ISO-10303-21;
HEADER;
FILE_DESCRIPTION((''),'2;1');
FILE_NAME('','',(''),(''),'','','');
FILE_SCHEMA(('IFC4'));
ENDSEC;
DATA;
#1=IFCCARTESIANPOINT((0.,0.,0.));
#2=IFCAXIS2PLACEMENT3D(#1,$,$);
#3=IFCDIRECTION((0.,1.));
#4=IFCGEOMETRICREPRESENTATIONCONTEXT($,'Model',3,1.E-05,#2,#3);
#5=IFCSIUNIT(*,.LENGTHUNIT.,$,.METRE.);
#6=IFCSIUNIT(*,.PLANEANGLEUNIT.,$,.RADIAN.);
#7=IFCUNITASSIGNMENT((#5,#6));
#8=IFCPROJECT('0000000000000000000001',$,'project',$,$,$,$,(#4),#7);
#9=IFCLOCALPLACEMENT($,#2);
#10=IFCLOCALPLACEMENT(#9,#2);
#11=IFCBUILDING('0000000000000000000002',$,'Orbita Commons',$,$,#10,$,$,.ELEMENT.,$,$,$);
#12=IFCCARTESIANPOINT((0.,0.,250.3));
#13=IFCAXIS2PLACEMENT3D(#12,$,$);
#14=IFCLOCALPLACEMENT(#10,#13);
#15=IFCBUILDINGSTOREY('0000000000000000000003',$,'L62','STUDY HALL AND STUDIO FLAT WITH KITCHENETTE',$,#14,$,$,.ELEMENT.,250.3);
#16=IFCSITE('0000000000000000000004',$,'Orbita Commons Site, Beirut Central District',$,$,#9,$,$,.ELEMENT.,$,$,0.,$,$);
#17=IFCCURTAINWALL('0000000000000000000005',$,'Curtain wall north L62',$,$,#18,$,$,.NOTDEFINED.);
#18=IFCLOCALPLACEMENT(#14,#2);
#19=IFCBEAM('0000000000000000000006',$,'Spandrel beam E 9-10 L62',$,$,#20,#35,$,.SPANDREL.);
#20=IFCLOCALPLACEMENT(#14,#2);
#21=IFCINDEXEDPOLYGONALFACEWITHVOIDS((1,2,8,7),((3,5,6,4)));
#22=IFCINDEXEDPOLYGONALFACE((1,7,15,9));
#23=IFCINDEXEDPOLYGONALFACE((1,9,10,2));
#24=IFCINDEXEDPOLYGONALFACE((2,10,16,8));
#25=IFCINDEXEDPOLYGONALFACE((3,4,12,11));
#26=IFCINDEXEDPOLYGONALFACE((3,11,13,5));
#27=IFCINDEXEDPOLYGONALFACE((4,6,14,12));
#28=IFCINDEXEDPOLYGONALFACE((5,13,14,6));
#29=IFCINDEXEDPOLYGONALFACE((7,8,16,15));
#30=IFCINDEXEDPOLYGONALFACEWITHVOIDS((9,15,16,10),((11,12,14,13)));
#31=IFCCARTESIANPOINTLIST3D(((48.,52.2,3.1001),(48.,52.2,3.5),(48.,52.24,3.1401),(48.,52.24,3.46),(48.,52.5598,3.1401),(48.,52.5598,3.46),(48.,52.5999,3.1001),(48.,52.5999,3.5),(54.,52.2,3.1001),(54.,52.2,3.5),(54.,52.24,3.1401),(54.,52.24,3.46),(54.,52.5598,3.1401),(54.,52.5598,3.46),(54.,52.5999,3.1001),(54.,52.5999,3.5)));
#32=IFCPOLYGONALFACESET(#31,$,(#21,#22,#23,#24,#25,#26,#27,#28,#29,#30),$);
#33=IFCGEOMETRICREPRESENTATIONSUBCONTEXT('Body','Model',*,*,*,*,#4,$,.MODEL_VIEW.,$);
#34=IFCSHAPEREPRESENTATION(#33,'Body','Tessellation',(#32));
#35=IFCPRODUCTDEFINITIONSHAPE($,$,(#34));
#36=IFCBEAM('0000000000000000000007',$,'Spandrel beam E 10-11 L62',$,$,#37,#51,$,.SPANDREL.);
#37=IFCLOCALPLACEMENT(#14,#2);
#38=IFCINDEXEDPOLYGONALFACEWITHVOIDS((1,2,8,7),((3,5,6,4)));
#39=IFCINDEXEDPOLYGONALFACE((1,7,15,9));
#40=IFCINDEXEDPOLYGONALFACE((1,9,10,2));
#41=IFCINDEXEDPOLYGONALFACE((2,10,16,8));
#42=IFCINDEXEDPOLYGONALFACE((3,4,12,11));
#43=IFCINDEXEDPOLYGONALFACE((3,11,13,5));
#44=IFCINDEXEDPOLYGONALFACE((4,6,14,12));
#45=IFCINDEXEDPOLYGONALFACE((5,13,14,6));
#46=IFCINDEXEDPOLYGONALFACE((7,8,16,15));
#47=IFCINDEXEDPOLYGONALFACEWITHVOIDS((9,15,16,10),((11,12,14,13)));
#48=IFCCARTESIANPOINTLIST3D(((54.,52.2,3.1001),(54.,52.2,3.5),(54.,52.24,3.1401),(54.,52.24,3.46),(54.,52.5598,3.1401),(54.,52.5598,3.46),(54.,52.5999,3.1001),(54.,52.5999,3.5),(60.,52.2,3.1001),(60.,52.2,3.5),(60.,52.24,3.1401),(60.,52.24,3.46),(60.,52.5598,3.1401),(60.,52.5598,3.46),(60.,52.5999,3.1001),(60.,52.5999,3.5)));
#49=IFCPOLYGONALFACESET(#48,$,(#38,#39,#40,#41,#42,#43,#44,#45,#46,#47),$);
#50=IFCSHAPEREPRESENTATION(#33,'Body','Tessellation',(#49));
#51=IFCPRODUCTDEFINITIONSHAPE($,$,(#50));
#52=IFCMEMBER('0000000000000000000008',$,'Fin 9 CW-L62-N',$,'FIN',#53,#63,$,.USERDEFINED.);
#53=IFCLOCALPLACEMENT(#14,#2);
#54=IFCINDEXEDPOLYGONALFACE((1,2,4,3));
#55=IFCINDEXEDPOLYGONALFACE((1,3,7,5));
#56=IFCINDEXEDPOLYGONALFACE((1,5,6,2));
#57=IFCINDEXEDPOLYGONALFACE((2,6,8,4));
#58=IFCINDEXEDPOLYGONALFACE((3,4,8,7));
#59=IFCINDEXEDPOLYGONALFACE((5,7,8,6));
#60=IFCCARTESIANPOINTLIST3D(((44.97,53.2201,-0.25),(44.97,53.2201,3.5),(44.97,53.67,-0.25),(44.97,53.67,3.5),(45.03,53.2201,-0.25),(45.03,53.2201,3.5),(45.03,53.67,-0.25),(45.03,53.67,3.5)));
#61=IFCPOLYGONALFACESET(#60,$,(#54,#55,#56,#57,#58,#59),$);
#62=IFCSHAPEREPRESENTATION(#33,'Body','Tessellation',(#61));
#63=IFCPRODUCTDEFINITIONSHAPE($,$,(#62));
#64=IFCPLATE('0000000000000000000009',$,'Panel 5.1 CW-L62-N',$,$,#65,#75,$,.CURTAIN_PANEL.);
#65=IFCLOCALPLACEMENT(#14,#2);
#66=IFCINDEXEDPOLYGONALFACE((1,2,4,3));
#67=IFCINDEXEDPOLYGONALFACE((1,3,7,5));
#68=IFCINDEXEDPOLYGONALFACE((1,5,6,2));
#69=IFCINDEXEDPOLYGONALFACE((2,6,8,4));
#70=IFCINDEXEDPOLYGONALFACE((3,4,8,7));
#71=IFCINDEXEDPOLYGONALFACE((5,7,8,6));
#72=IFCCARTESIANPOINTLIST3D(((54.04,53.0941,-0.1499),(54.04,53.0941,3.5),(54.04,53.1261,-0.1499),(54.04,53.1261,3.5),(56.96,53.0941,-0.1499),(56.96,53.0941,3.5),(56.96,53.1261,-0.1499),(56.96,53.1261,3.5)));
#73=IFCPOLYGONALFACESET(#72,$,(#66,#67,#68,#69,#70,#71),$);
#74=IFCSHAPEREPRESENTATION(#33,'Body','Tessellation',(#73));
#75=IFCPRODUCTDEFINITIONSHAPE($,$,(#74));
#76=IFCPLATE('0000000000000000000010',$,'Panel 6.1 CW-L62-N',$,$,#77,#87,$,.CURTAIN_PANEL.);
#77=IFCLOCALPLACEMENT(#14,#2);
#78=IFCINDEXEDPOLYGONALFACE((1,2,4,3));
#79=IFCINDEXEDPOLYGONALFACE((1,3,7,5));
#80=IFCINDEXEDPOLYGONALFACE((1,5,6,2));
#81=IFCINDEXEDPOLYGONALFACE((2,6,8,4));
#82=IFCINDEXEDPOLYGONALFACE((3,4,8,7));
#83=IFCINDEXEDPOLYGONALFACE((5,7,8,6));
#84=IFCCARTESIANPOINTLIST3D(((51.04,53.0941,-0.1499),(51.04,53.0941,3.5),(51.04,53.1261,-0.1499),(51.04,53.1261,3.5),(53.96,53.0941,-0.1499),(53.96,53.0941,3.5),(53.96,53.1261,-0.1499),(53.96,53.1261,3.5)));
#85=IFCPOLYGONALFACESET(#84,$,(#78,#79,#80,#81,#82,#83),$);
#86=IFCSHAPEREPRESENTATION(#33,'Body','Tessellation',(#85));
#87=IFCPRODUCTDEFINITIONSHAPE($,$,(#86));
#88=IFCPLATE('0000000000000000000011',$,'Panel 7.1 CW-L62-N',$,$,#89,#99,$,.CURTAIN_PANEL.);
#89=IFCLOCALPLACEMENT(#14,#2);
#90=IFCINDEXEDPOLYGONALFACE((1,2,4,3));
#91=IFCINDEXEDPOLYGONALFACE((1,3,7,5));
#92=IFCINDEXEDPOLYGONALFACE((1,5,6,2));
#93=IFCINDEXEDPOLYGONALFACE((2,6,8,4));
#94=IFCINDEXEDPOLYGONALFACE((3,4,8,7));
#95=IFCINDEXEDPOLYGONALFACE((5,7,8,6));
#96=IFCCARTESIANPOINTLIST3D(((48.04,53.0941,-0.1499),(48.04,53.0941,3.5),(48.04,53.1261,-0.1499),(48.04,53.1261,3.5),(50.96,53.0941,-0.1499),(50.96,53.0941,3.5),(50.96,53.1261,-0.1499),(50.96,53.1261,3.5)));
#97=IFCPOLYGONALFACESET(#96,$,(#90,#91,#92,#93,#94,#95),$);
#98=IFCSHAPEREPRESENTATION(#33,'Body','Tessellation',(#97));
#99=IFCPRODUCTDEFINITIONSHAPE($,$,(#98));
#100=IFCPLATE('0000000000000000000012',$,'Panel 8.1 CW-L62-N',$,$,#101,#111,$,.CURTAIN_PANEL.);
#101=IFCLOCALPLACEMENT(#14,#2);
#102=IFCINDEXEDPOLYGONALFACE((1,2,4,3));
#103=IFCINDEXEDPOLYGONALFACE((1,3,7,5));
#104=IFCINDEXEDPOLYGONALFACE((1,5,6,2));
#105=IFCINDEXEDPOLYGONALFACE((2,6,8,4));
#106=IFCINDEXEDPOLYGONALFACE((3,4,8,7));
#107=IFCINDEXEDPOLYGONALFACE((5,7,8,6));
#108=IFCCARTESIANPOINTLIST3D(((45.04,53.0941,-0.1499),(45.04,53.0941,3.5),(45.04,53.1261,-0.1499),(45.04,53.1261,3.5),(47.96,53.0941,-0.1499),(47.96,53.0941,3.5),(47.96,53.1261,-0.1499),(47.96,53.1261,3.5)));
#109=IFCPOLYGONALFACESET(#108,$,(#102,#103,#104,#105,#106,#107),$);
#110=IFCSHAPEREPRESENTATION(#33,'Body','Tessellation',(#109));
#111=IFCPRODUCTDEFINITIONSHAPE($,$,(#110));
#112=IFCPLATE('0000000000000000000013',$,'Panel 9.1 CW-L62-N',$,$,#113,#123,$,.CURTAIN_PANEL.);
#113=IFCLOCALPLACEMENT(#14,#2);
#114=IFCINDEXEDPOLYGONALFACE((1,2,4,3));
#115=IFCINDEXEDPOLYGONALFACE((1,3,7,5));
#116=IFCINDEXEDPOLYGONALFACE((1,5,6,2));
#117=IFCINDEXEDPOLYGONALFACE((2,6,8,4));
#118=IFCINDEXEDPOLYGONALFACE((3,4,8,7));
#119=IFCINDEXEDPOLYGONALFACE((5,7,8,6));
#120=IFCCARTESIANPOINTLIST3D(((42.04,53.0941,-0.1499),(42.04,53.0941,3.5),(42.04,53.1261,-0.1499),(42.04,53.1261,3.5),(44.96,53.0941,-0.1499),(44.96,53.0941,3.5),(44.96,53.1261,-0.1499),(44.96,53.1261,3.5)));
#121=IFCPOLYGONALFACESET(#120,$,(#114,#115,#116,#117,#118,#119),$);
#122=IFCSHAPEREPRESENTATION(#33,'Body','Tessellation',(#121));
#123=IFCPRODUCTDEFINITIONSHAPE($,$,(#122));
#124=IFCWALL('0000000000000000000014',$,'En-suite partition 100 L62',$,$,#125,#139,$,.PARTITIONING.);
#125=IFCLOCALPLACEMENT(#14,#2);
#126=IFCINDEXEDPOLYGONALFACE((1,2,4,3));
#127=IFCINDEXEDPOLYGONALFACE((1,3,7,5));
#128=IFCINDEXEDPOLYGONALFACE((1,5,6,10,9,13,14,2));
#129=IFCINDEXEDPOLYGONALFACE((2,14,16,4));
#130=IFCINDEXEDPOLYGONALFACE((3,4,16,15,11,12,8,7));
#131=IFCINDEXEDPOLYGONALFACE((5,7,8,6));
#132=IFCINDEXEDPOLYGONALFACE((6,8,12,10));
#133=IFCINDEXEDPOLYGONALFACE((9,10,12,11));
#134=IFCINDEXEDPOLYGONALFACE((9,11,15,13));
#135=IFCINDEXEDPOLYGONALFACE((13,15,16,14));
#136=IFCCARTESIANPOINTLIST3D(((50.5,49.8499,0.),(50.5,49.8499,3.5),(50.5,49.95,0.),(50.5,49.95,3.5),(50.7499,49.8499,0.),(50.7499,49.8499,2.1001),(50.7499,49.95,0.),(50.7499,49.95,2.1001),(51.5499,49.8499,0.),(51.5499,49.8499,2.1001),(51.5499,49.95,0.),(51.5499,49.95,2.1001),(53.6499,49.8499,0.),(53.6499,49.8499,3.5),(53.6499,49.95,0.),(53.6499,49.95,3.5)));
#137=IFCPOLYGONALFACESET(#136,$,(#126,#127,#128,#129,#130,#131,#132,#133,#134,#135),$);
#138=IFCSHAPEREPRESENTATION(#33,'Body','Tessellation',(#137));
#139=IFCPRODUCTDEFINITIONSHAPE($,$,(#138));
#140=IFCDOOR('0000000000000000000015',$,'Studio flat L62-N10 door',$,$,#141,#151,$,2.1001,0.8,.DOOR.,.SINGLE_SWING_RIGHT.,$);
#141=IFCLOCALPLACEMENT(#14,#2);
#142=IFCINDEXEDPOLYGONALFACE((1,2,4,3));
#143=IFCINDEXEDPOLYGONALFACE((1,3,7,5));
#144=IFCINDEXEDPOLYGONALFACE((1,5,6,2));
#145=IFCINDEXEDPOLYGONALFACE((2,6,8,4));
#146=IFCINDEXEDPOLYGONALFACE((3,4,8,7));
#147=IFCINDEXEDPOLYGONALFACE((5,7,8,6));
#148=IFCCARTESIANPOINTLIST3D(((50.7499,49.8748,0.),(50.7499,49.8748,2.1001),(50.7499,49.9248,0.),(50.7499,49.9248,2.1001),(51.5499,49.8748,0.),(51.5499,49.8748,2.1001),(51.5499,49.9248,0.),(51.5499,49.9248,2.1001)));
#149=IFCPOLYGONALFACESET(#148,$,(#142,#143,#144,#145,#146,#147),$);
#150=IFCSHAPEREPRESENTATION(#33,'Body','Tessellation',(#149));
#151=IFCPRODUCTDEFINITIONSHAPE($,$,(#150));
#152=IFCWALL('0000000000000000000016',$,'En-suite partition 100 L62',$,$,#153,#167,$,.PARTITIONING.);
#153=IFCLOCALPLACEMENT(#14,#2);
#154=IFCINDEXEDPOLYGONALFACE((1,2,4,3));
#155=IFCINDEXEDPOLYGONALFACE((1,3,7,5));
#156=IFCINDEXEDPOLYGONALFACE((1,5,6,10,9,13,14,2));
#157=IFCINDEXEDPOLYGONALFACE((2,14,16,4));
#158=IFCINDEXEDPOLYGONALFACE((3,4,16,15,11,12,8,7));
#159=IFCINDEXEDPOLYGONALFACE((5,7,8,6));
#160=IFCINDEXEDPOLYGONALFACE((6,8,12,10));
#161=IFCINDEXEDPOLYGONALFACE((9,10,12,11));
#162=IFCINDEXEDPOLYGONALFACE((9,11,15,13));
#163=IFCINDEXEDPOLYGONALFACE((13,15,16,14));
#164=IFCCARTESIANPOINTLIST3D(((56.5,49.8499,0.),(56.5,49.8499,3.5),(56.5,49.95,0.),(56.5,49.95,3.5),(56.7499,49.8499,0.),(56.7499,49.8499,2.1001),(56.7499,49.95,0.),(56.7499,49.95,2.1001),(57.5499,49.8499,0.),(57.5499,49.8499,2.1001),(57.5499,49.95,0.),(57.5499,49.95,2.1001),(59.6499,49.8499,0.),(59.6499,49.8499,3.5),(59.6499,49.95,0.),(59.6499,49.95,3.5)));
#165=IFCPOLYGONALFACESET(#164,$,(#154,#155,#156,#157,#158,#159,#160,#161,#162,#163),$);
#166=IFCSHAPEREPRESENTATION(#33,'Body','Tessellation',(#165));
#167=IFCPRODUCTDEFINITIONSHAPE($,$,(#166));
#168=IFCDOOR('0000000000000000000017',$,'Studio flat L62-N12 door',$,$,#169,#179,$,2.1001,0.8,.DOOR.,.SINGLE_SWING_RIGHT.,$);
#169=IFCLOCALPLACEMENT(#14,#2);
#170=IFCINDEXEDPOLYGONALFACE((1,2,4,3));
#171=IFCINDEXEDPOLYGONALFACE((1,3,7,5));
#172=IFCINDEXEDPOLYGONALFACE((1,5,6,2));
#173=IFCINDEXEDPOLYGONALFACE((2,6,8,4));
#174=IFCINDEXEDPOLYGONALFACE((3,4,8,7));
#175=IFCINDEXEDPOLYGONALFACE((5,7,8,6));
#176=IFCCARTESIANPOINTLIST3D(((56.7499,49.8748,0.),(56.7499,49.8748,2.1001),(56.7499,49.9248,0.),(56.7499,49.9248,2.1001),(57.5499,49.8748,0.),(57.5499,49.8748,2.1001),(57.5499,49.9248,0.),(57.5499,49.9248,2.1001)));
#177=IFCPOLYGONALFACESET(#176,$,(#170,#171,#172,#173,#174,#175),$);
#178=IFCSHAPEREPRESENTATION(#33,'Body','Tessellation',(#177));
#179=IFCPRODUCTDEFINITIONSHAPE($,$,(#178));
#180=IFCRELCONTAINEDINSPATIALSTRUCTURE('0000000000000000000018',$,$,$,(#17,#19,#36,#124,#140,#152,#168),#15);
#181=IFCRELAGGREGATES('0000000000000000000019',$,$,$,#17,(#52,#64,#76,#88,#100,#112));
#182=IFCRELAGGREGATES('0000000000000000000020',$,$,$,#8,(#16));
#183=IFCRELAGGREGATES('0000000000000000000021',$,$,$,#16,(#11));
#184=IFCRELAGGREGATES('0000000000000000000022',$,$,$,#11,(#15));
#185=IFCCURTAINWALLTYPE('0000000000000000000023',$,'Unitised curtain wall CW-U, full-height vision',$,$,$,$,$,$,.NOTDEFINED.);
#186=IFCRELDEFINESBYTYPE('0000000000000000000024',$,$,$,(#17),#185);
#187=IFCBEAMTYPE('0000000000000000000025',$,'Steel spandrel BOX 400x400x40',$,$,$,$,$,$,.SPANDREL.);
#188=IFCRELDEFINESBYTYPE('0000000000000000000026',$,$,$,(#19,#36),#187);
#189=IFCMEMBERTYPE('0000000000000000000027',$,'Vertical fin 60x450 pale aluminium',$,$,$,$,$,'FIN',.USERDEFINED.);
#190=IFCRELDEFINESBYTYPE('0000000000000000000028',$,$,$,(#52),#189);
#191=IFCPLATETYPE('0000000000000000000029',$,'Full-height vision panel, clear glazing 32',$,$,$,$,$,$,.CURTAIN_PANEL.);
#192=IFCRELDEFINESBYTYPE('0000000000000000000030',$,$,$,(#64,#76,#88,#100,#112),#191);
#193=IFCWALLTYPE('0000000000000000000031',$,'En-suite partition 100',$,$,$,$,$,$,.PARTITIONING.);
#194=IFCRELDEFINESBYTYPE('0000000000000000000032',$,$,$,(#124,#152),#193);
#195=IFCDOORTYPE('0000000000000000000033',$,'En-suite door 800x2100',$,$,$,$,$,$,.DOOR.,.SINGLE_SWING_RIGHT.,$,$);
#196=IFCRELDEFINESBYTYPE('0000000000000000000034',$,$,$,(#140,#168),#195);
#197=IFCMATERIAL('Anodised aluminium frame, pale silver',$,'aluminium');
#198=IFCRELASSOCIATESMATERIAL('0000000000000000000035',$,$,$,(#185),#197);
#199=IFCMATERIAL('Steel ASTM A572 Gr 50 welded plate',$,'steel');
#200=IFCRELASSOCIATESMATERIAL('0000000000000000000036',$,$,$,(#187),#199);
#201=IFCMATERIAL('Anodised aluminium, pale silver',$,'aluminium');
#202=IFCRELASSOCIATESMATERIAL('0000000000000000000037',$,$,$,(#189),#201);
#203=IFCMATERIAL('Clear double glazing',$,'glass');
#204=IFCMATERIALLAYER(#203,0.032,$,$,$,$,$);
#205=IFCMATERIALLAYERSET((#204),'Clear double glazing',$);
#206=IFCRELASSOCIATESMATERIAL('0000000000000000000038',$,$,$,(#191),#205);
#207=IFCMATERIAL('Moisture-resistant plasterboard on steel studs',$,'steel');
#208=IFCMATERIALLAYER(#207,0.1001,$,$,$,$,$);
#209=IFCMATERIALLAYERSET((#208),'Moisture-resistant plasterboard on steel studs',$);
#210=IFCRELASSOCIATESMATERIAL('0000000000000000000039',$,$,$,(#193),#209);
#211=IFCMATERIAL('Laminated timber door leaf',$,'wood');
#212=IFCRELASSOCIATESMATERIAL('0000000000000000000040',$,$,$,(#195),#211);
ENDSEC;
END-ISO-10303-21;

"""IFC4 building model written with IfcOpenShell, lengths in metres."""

from ifc_helpers import new_model, si_unit, direction, frame, frame_2d, origin, origin_2d, place, context, subcontext, project, spatial, rectangle, hollow_rectangle, extrude, material, layer, layer_set, material_profile, profile_set, type_object, element, fill, aggregate, save


model = new_model("IFC4")

# Units and contexts
model_context = context("Model", 3, precision=1e-05, world=origin(), true_north=direction((0.0, 1.0)))
body_context = subcontext(model_context, "Body", "Model", "MODEL_VIEW")
ifc_project = project(units=[si_unit("LENGTHUNIT", "METRE"), si_unit("PLANEANGLEUNIT", "RADIAN")], contexts=[model_context])

# Site, building, storey
site_placement = place(None, origin())
site = spatial("IfcSite", under=ifc_project, at=site_placement, Name="Orbita Commons Site, Beirut Central District", CompositionType="ELEMENT", RefElevation=0.0)
building_placement = place(site_placement, origin())
building = spatial("IfcBuilding", under=site, at=building_placement, Name="Orbita Commons", CompositionType="ELEMENT")
storey_placement = place(building_placement, frame((0.0, 0.0, 250.3)))
storey = spatial("IfcBuildingStorey", under=building, at=storey_placement, Name="L62", Description="STUDY HALL AND STUDIO FLAT WITH KITCHENETTE", CompositionType="ELEMENT", Elevation=250.3)

# Curtain wall
ifc_material_1 = material(Name="Anodised aluminium frame, pale silver", Category="aluminium")
curtain_wall_type = type_object("IfcCurtainWallType", Name="Unitised curtain wall CW-U, full-height vision", PredefinedType="NOTDEFINED", material=ifc_material_1)
curtain_wall_placement = place(storey_placement, origin())
curtain_wall = element("IfcCurtainWall", 1, at=curtain_wall_placement, inside=storey, type_object=curtain_wall_type, Name="Curtain wall north L62", PredefinedType="NOTDEFINED")

# Beams
ifc_material_2 = material(Name="Steel ASTM A572 Gr 50 welded plate", Category="steel")
ifc_material_profile_1 = material_profile(ifc_material_2, hollow_rectangle(XDim=0.3999, YDim=0.3999, WallThickness=0.04, at=origin_2d()), Name="BOX 400x400x40")
ifc_profile_set_1 = profile_set([ifc_material_profile_1], Name="Steel ASTM A572 Gr 50 welded plate")
beam_type = type_object("IfcBeamType", Name="Steel spandrel BOX 400x400x40", PredefinedType="SPANDREL", material=ifc_profile_set_1)
for number, where, z_axis, x_axis, name in (
    (2, (48.0, 52.3999, 3.3), (1.0, 0.0, 0.0), (0.0, 1.0, 0.0), "Spandrel beam E 9-10 L62"),
    (3, (54.0, 52.3999, 3.3), (1.0, 0.0, 0.0), (0.0, 1.0, 0.0), "Spandrel beam E 10-11 L62"),
):
    element("IfcBeam", number, at=place(storey_placement, frame(where, z_axis=z_axis, x_axis=x_axis)), inside=storey, type_object=beam_type, Name=name, PredefinedType="SPANDREL", context=body_context, shape_type="SweptSolid", body=[
        extrude(hollow_rectangle(XDim=0.3999, YDim=0.3999, WallThickness=0.04, at=origin_2d()), origin(), (0.0, 0.0, 1.0), 6.0),
    ])

# Member
ifc_material_3 = material(Name="Anodised aluminium, pale silver", Category="aluminium")
ifc_material_profile_2 = material_profile(ifc_material_3, rectangle(XDim=0.0601, YDim=0.45, at=origin_2d()), Name="FIN 60x450")
ifc_profile_set_2 = profile_set([ifc_material_profile_2], Name="Anodised aluminium, pale silver")
member_type_1 = type_object("IfcMemberType", Name="Vertical fin 60x450 pale aluminium", ElementType="FIN", PredefinedType="USERDEFINED", material=ifc_profile_set_2)
member_1_placement = place(storey_placement, frame((45.0, 53.4451, -0.25), z_axis=(0.0, 0.0, 1.0), x_axis=(-1.0, 0.0, 0.0)))
member_1 = element("IfcMember", 4, at=member_1_placement, type_object=member_type_1, Name="Fin 9 CW-L62-N", ObjectType="FIN", PredefinedType="USERDEFINED", context=body_context, shape_type="SweptSolid", body=[
    extrude(rectangle(XDim=0.0601, YDim=0.45, at=origin_2d()), origin(), (0.0, 0.0, 1.0), 3.75),
])

# Plates
ifc_material_4 = material(Name="Clear double glazing", Category="glass")
ifc_layer_1 = layer(ifc_material_4, 0.032)
ifc_layer_set_1 = layer_set([ifc_layer_1], Name="Clear double glazing")
plate_type = type_object("IfcPlateType", Name="Full-height vision panel, clear glazing 32", PredefinedType="CURTAIN_PANEL", material=ifc_layer_set_1)
plate_1_placement = place(storey_placement, frame((55.5, 53.1101, -0.1499), z_axis=(0.0, 0.0, 1.0), x_axis=(-1.0, 0.0, 0.0)))
plate_1 = element("IfcPlate", 5, at=plate_1_placement, type_object=plate_type, Name="Panel 5.1 CW-L62-N", PredefinedType="CURTAIN_PANEL", context=body_context, shape_type="SweptSolid", body=[
    extrude(rectangle(XDim=2.9199, YDim=0.032, at=origin_2d()), origin(), (0.0, 0.0, 1.0), 3.6499),
])
plate_2_placement = place(storey_placement, frame((52.5, 53.1101, -0.1499), z_axis=(0.0, 0.0, 1.0), x_axis=(-1.0, 0.0, 0.0)))
plate_2 = element("IfcPlate", 6, at=plate_2_placement, type_object=plate_type, Name="Panel 6.1 CW-L62-N", PredefinedType="CURTAIN_PANEL", context=body_context, shape_type="SweptSolid", body=[
    extrude(rectangle(XDim=2.9199, YDim=0.032, at=origin_2d()), origin(), (0.0, 0.0, 1.0), 3.6499),
])
plate_3_placement = place(storey_placement, frame((49.5, 53.1101, -0.1499), z_axis=(0.0, 0.0, 1.0), x_axis=(-1.0, 0.0, 0.0)))
plate_3 = element("IfcPlate", 7, at=plate_3_placement, type_object=plate_type, Name="Panel 7.1 CW-L62-N", PredefinedType="CURTAIN_PANEL", context=body_context, shape_type="SweptSolid", body=[
    extrude(rectangle(XDim=2.9199, YDim=0.032, at=origin_2d()), origin(), (0.0, 0.0, 1.0), 3.6499),
])
plate_4_placement = place(storey_placement, frame((46.5, 53.1101, -0.1499), z_axis=(0.0, 0.0, 1.0), x_axis=(-1.0, 0.0, 0.0)))
plate_4 = element("IfcPlate", 8, at=plate_4_placement, type_object=plate_type, Name="Panel 8.1 CW-L62-N", PredefinedType="CURTAIN_PANEL", context=body_context, shape_type="SweptSolid", body=[
    extrude(rectangle(XDim=2.9199, YDim=0.032, at=origin_2d()), origin(), (0.0, 0.0, 1.0), 3.6499),
])
plate_5_placement = place(storey_placement, frame((43.5, 53.1101, -0.1499), z_axis=(0.0, 0.0, 1.0), x_axis=(-1.0, 0.0, 0.0)))
plate_5 = element("IfcPlate", 9, at=plate_5_placement, type_object=plate_type, Name="Panel 9.1 CW-L62-N", PredefinedType="CURTAIN_PANEL", context=body_context, shape_type="SweptSolid", body=[
    extrude(rectangle(XDim=2.9199, YDim=0.032, at=origin_2d()), origin(), (0.0, 0.0, 1.0), 3.6499),
])
aggregate(curtain_wall, [member_1, plate_1, plate_2, plate_3, plate_4, plate_5])

# Walls, openings, doors
ifc_material_5 = material(Name="Moisture-resistant plasterboard on steel studs", Category="steel")
ifc_layer_2 = layer(ifc_material_5, 0.1001)
ifc_layer_set_2 = layer_set([ifc_layer_2], Name="Moisture-resistant plasterboard on steel studs")
wall_type_1 = type_object("IfcWallType", Name="En-suite partition 100", PredefinedType="PARTITIONING", material=ifc_layer_set_2)
wall_1_placement = place(storey_placement, frame((50.5, 49.8999, 0.0), z_axis=(0.0, 0.0, 1.0), x_axis=(1.0, 0.0, 0.0)))
wall_1 = element("IfcWall", 10, at=wall_1_placement, inside=storey, type_object=wall_type_1, Name="En-suite partition 100 L62", PredefinedType="PARTITIONING", context=body_context, shape_type="SweptSolid", body=[
    extrude(rectangle(XDim=3.1499, YDim=0.1001, at=frame_2d((1.575, 0.0))), origin(), (0.0, 0.0, 1.0), 3.5),
])
opening_1_placement = place(wall_1_placement, frame((0.25, 0.0, 0.0)))
opening_1 = element("IfcOpeningElement", 11, at=opening_1_placement, cuts=wall_1, PredefinedType="OPENING", context=body_context, shape_type="SweptSolid", body=[
    extrude(rectangle(XDim=0.8, YDim=2.1001, at=frame_2d((0.3999, 1.05))), frame((0.0, 0.0601, 0.0), z_axis=(0.0, -1.0, 0.0), x_axis=(1.0, 0.0, 0.0)), (0.0, 0.0, 1.0), 0.1201),
])
ifc_material_6 = material(Name="Laminated timber door leaf", Category="wood")
door_type = type_object("IfcDoorType", Name="En-suite door 800x2100", OperationType="SINGLE_SWING_RIGHT", PredefinedType="DOOR", material=ifc_material_6)
door_1_placement = place(opening_1_placement, origin())
door_1 = element("IfcDoor", 12, at=door_1_placement, inside=storey, type_object=door_type, Name="Studio flat L62-N10 door", OperationType="SINGLE_SWING_RIGHT", OverallHeight=2.1001, OverallWidth=0.8, PredefinedType="DOOR", context=body_context, shape_type="SweptSolid", body=[
    extrude(rectangle(XDim=0.8, YDim=2.1001, at=frame_2d((0.3999, 1.05))), frame((0.0, 0.0249, 0.0), z_axis=(0.0, -1.0, 0.0), x_axis=(1.0, 0.0, 0.0)), (0.0, 0.0, 1.0), 0.05),
])
fill(opening_1, door_1)
wall_2_placement = place(storey_placement, frame((56.5, 49.8999, 0.0), z_axis=(0.0, 0.0, 1.0), x_axis=(1.0, 0.0, 0.0)))
wall_2 = element("IfcWall", 13, at=wall_2_placement, inside=storey, type_object=wall_type_1, Name="En-suite partition 100 L62", PredefinedType="PARTITIONING", context=body_context, shape_type="SweptSolid", body=[
    extrude(rectangle(XDim=3.1499, YDim=0.1001, at=frame_2d((1.575, 0.0))), origin(), (0.0, 0.0, 1.0), 3.5),
])
opening_2_placement = place(wall_2_placement, frame((0.25, 0.0, 0.0)))
opening_2 = element("IfcOpeningElement", 14, at=opening_2_placement, cuts=wall_2, PredefinedType="OPENING", context=body_context, shape_type="SweptSolid", body=[
    extrude(rectangle(XDim=0.8, YDim=2.1001, at=frame_2d((0.3999, 1.05))), frame((0.0, 0.0601, 0.0), z_axis=(0.0, -1.0, 0.0), x_axis=(1.0, 0.0, 0.0)), (0.0, 0.0, 1.0), 0.1201),
])
door_2_placement = place(opening_2_placement, origin())
door_2 = element("IfcDoor", 15, at=door_2_placement, inside=storey, type_object=door_type, Name="Studio flat L62-N12 door", OperationType="SINGLE_SWING_RIGHT", OverallHeight=2.1001, OverallWidth=0.8, PredefinedType="DOOR", context=body_context, shape_type="SweptSolid", body=[
    extrude(rectangle(XDim=0.8, YDim=2.1001, at=frame_2d((0.3999, 1.05))), frame((0.0, 0.0249, 0.0), z_axis=(0.0, -1.0, 0.0), x_axis=(1.0, 0.0, 0.0)), (0.0, 0.0, 1.0), 0.05),
])
fill(opening_2, door_2)

save(model, "model.ifc")
